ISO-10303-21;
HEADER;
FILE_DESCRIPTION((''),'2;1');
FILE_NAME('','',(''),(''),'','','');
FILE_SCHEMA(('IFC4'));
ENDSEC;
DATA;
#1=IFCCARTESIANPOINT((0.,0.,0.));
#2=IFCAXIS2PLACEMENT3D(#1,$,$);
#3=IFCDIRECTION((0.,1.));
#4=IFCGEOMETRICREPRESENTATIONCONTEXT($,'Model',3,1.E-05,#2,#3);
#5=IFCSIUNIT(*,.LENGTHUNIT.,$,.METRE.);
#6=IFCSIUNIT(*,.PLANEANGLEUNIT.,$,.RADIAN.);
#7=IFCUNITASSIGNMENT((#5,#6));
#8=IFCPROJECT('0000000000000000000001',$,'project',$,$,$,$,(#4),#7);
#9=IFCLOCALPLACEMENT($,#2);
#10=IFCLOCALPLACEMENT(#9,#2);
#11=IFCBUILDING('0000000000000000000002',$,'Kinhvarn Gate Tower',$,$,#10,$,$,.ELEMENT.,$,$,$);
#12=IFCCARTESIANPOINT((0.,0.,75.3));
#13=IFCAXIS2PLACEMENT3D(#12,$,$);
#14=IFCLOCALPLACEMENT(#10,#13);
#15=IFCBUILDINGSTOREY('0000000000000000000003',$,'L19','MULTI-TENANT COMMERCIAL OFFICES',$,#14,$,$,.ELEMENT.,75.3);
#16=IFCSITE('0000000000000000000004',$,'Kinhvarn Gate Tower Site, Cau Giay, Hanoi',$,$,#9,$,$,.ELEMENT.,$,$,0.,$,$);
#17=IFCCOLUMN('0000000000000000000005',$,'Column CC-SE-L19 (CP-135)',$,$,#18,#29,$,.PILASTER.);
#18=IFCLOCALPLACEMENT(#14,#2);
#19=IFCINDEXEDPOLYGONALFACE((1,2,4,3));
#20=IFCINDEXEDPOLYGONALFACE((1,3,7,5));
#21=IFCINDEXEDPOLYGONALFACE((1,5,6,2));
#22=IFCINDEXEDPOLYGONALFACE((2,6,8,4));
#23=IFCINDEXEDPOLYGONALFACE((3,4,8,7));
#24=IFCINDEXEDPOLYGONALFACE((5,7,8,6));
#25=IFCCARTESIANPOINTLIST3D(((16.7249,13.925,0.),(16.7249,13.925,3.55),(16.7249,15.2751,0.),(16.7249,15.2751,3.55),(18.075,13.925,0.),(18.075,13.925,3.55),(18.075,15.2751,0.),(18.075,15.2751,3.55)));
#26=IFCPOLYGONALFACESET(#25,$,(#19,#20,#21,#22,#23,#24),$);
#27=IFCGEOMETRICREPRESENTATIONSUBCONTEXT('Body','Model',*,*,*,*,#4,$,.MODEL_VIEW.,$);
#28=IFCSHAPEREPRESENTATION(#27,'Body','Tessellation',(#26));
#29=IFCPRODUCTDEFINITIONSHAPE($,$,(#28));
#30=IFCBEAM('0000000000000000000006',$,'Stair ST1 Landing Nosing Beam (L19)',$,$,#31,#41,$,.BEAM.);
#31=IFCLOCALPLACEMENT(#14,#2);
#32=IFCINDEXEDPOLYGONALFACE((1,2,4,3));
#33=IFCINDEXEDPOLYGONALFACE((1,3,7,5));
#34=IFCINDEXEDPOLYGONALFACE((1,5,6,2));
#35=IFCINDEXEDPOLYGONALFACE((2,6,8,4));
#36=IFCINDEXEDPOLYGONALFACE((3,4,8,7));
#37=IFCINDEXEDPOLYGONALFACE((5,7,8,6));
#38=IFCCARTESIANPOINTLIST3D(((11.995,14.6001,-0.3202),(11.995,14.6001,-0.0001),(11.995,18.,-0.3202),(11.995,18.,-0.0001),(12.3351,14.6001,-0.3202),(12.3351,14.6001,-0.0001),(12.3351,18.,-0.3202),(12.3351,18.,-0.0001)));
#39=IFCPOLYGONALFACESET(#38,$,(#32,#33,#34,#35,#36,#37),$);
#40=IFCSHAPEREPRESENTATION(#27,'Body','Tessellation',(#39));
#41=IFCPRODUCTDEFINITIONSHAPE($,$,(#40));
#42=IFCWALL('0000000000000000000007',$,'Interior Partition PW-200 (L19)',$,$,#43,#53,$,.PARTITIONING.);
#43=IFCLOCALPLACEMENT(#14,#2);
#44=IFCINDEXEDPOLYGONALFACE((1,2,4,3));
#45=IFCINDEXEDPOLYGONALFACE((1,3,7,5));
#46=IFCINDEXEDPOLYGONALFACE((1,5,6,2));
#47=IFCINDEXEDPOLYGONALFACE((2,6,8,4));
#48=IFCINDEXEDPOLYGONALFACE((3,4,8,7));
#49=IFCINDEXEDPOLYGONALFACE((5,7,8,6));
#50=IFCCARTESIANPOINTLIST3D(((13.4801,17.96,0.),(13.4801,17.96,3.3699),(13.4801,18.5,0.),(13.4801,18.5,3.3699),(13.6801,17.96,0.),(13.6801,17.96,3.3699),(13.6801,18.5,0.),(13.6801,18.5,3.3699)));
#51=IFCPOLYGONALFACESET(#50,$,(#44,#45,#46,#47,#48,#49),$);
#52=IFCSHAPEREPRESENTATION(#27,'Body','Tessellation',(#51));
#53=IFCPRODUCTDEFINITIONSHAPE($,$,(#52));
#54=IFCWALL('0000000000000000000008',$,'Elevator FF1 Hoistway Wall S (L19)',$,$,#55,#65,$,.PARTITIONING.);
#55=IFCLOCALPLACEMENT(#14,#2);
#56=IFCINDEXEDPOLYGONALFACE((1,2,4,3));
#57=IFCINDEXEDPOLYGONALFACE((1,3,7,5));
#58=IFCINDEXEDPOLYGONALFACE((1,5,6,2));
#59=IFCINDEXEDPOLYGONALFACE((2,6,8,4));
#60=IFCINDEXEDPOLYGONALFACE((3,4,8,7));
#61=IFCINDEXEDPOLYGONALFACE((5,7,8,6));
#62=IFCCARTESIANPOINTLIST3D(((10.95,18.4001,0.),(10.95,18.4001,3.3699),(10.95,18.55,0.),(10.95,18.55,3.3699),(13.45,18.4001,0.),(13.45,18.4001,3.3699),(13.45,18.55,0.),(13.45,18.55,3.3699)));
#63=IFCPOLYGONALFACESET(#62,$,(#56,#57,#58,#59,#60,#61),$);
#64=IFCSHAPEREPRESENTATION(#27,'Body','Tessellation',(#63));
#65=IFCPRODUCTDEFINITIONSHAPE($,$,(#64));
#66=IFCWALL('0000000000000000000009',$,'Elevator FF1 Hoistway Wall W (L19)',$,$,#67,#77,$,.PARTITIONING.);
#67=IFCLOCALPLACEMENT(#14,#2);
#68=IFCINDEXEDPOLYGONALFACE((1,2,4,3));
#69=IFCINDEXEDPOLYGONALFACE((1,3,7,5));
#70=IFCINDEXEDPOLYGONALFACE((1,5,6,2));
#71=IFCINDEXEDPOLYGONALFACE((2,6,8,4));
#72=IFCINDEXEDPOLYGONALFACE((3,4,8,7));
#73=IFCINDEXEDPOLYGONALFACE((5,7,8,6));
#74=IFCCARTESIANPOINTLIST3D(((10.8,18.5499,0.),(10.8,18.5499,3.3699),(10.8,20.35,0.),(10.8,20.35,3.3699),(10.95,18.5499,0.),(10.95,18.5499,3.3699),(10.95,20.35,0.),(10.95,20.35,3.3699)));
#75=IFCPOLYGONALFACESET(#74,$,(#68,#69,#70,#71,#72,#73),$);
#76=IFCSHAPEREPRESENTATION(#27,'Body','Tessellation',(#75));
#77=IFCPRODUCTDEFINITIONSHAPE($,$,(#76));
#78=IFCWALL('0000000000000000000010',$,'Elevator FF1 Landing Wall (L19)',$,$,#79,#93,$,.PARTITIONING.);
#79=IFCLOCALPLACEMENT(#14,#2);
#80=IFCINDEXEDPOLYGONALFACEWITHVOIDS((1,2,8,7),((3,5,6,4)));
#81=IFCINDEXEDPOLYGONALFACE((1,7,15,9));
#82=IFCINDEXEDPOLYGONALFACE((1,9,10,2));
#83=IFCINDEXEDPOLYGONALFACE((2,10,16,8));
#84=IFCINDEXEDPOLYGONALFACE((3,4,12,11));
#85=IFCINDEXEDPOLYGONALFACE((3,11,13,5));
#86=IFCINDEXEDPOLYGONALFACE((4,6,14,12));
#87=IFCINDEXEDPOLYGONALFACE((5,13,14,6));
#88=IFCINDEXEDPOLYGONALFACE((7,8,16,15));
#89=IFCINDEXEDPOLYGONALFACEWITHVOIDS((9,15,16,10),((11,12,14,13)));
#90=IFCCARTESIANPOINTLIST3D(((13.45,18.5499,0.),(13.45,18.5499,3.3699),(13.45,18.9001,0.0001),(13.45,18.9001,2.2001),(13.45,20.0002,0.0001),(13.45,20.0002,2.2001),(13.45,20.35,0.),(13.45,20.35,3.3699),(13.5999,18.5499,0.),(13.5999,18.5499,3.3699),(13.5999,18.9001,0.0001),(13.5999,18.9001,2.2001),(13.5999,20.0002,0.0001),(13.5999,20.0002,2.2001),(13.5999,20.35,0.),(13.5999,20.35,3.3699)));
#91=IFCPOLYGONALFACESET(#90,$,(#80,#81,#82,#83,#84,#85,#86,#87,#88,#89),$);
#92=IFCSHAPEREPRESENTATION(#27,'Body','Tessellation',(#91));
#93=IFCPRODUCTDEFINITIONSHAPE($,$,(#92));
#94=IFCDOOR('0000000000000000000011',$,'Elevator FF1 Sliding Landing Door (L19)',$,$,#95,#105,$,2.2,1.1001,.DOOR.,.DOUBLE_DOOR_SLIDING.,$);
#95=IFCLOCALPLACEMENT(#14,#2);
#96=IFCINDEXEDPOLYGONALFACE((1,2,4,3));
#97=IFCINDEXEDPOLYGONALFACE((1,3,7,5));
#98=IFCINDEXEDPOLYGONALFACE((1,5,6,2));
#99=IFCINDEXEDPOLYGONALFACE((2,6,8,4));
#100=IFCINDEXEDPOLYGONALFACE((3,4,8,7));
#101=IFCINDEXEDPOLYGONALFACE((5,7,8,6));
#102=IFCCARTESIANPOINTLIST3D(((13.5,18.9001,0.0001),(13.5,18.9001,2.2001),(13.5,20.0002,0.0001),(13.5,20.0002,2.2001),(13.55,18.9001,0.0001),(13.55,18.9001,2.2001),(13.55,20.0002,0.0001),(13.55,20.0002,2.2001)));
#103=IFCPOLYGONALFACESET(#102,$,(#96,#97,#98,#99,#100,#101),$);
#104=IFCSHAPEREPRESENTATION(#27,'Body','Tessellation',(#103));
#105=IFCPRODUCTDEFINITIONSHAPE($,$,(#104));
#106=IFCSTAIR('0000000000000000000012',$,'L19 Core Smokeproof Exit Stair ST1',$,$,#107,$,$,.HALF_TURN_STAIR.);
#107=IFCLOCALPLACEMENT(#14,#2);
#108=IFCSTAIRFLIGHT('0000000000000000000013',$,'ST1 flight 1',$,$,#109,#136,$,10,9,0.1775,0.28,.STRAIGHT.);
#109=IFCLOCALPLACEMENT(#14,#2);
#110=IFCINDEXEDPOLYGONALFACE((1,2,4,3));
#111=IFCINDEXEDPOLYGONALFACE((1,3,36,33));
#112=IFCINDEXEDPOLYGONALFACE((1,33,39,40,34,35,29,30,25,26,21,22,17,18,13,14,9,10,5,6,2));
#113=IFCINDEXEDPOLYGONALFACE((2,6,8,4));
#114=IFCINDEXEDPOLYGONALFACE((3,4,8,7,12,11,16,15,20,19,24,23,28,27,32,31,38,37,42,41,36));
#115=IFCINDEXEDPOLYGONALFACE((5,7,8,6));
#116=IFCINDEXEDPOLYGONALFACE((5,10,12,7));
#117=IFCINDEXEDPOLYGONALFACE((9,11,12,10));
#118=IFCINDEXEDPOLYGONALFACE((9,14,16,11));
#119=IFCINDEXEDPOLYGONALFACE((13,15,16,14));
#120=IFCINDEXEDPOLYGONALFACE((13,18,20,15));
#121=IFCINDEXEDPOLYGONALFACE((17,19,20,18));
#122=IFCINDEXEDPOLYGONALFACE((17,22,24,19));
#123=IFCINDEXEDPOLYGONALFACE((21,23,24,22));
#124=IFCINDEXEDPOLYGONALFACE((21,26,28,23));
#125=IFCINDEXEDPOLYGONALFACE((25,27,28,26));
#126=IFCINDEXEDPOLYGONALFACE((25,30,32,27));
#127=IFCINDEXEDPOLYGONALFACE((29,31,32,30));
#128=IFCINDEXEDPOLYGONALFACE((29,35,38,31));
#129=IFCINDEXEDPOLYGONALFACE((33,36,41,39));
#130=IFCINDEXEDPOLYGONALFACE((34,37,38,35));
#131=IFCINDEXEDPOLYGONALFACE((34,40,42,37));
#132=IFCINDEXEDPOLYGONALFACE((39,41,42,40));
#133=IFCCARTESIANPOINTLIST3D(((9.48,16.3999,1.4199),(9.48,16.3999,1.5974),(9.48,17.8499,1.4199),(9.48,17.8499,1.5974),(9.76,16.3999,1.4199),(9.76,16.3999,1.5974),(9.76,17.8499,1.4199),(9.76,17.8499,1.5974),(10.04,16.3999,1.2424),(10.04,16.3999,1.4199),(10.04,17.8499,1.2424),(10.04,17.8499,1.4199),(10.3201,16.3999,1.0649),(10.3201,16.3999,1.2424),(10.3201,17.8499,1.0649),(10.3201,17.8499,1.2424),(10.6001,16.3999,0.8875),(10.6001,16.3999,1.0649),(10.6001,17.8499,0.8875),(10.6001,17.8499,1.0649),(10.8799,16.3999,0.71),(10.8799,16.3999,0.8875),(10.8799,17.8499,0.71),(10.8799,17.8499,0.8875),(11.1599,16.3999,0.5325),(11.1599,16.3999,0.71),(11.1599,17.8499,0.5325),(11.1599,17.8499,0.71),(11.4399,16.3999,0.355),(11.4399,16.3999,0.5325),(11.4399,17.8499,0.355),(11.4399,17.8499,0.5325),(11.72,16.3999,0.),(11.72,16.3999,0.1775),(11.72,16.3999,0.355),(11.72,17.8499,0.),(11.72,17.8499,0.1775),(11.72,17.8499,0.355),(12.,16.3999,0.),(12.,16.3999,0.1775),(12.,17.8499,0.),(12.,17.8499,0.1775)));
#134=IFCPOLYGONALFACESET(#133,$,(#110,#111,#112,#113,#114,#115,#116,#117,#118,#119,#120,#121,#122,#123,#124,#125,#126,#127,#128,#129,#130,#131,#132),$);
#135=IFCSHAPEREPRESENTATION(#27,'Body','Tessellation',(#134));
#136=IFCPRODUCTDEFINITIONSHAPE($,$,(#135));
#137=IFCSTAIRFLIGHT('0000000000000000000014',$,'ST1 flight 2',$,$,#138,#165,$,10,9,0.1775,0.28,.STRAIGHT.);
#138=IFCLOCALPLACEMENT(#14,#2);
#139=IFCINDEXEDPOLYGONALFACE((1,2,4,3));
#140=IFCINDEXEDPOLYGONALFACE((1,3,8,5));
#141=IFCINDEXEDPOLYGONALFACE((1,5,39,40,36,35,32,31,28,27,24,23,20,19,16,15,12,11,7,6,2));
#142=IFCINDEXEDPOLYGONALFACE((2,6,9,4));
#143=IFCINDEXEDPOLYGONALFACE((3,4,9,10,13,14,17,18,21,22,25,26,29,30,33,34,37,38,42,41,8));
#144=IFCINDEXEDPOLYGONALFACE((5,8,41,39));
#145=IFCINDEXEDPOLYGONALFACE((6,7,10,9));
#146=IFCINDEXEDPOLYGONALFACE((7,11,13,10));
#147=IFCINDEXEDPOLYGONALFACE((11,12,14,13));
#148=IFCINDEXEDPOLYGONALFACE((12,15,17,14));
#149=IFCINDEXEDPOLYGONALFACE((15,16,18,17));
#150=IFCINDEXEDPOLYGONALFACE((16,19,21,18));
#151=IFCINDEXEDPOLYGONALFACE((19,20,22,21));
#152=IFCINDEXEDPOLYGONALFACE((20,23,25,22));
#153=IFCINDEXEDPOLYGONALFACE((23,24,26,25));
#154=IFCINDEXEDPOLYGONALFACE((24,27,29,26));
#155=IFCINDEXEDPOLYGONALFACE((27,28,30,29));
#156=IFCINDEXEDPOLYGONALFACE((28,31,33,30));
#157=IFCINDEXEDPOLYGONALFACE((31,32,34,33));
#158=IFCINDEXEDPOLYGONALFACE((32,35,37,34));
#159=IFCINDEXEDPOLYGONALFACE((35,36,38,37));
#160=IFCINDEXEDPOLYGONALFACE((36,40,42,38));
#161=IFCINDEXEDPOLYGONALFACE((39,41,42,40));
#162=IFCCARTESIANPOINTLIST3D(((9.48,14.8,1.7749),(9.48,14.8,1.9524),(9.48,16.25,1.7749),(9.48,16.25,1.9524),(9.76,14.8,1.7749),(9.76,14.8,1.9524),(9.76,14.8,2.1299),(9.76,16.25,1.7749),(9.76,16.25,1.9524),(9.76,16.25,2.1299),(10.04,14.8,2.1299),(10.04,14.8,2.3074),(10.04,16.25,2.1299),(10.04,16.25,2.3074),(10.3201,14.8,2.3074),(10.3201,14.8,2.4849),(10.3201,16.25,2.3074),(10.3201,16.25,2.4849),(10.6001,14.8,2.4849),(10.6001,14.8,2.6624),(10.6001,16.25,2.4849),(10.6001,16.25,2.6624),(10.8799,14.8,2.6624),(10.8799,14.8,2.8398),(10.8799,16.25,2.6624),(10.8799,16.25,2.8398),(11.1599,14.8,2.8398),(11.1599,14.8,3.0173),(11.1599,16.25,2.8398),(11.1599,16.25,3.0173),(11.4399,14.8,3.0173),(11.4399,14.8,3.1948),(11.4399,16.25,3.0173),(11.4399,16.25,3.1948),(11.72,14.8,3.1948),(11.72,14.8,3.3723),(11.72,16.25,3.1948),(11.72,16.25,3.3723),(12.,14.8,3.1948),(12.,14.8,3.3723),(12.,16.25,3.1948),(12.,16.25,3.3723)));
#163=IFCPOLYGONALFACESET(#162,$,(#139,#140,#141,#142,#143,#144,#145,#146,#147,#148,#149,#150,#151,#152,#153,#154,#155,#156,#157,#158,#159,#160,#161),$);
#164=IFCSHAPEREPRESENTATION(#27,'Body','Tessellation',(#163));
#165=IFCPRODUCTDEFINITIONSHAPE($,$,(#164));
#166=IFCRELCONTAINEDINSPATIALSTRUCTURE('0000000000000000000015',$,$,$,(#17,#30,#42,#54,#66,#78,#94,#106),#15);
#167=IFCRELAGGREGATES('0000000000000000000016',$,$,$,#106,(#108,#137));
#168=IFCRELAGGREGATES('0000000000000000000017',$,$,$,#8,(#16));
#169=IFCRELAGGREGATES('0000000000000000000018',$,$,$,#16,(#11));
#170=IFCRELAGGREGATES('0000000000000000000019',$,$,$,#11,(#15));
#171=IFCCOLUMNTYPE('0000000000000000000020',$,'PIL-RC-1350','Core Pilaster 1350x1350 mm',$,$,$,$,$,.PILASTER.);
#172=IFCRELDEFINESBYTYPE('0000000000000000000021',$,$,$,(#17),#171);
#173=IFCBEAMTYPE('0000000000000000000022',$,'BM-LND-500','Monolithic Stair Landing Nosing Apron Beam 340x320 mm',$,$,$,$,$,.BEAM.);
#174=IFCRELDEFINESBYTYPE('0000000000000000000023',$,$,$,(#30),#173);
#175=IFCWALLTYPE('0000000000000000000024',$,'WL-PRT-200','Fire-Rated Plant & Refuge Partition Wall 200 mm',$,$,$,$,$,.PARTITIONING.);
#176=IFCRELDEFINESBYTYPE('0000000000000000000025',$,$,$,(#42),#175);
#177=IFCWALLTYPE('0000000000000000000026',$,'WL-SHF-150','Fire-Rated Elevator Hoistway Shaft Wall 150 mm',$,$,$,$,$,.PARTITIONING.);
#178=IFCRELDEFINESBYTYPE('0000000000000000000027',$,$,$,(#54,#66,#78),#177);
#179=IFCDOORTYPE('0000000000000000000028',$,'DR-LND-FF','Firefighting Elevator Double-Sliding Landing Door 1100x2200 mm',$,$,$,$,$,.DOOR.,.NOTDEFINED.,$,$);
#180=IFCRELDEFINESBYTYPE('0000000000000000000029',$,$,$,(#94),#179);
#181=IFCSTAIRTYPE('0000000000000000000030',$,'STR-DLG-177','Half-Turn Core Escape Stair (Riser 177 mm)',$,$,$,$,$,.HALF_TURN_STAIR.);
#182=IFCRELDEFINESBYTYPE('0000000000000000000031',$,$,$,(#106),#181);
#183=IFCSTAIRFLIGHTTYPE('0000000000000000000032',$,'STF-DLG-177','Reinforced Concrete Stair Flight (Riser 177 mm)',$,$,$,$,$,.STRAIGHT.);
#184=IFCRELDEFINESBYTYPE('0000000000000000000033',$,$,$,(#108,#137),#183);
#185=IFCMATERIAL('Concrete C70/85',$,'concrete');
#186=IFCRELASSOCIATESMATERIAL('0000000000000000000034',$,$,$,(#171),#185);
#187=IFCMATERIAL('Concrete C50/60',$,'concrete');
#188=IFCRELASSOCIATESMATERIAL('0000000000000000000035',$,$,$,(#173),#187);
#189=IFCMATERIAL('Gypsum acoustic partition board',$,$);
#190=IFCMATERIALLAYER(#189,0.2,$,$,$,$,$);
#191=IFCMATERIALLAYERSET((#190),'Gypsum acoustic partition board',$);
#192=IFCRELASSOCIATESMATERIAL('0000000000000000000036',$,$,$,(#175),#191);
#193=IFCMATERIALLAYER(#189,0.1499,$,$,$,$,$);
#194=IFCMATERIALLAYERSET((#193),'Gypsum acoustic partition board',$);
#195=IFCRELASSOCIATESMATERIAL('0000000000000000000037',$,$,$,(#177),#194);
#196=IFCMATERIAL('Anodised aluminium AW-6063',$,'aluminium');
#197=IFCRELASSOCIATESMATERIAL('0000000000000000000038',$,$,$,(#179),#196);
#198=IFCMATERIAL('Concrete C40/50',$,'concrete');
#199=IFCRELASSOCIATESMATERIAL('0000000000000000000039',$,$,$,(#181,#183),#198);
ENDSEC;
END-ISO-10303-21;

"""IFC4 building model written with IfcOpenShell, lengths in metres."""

from ifc_helpers import new_model, si_unit, direction, frame, frame_2d, origin, origin_2d, place, context, subcontext, project, spatial, polyline, rectangle, outline, extrude, material, layer, layer_set, material_profile, profile_set, type_object, element, fill, aggregate, save


model = new_model("IFC4")

# Units and contexts
model_context = context("Model", 3, precision=1e-05, world=origin(), true_north=direction((0.0, 1.0)))
body_context = subcontext(model_context, "Body", "Model", "MODEL_VIEW")
ifc_project = project(units=[si_unit("LENGTHUNIT", "METRE"), si_unit("PLANEANGLEUNIT", "RADIAN")], contexts=[model_context])

# Site, building, storey
site_placement = place(None, origin())
site = spatial("IfcSite", under=ifc_project, at=site_placement, Name="Kinhvarn Gate Tower Site, Cau Giay, Hanoi", CompositionType="ELEMENT", RefElevation=0.0)
building_placement = place(site_placement, origin())
building = spatial("IfcBuilding", under=site, at=building_placement, Name="Kinhvarn Gate Tower", CompositionType="ELEMENT")
storey_placement = place(building_placement, frame((0.0, 0.0, 75.3)))
storey = spatial("IfcBuildingStorey", under=building, at=storey_placement, Name="L19", Description="MULTI-TENANT COMMERCIAL OFFICES", CompositionType="ELEMENT", Elevation=75.3)

# Column
ifc_material_1 = material(Name="Concrete C70/85", Category="concrete")
ifc_material_profile_1 = material_profile(ifc_material_1, rectangle(XDim=1.3501, YDim=1.3501, at=origin_2d()), Name="RC 1350x1350")
ifc_profile_set_1 = profile_set([ifc_material_profile_1], Name="Concrete C70/85")
column_type = type_object("IfcColumnType", Name="PIL-RC-1350", Description="Core Pilaster 1350x1350 mm", PredefinedType="PILASTER", material=ifc_profile_set_1)
column_placement = place(storey_placement, frame((17.3999, 14.6001, 0.0), z_axis=(0.0, 0.0, 1.0), x_axis=(1.0, 0.0, 0.0)))
element("IfcColumn", 1, at=column_placement, inside=storey, type_object=column_type, Name="Column CC-SE-L19 (CP-135)", PredefinedType="PILASTER", context=body_context, shape_type="SweptSolid", body=[
    extrude(rectangle(XDim=1.3501, YDim=1.3501, at=origin_2d()), origin(), (0.0, 0.0, 1.0), 3.55),
])

# Beam
ifc_material_2 = material(Name="Concrete C50/60", Category="concrete")
ifc_material_profile_2 = material_profile(ifc_material_2, rectangle(XDim=0.3401, YDim=0.3201, at=origin_2d()), Name="RC 340x320")
ifc_profile_set_2 = profile_set([ifc_material_profile_2], Name="Concrete C50/60")
beam_type = type_object("IfcBeamType", Name="BM-LND-500", Description="Monolithic Stair Landing Nosing Apron Beam 340x320 mm", PredefinedType="BEAM", material=ifc_profile_set_2)
beam_placement = place(storey_placement, frame((12.165, 14.6001, -0.1602), z_axis=(0.0, 1.0, 0.0), x_axis=(-1.0, 0.0, 0.0)))
element("IfcBeam", 2, at=beam_placement, inside=storey, type_object=beam_type, Name="Stair ST1 Landing Nosing Beam (L19)", PredefinedType="BEAM", context=body_context, shape_type="SweptSolid", body=[
    extrude(rectangle(XDim=0.3401, YDim=0.3201, at=origin_2d()), origin(), (0.0, 0.0, 1.0), 3.3999),
])

# Shared definitions
ifc_material_3 = material(Name="Anodised aluminium AW-6063", Category="aluminium")

# Walls
ifc_material_4 = material(Name="Gypsum acoustic partition board")
ifc_layer_1 = layer(ifc_material_4, 0.2)
ifc_layer_set_1 = layer_set([ifc_layer_1], Name="Gypsum acoustic partition board")
wall_type_1 = type_object("IfcWallType", Name="WL-PRT-200", Description="Fire-Rated Plant & Refuge Partition Wall 200 mm", PredefinedType="PARTITIONING", material=ifc_layer_set_1)
wall_1_placement = place(storey_placement, frame((13.5801, 17.96, 0.0), z_axis=(0.0, 0.0, 1.0), x_axis=(0.0, 1.0, 0.0)))
element("IfcWall", 3, at=wall_1_placement, inside=storey, type_object=wall_type_1, Name="Interior Partition PW-200 (L19)", PredefinedType="PARTITIONING", context=body_context, shape_type="SweptSolid", body=[
    extrude(rectangle(XDim=0.54, YDim=0.2, at=frame_2d((0.27, 0.0))), origin(), (0.0, 0.0, 1.0), 3.3699),
])
ifc_layer_2 = layer(ifc_material_4, 0.1499)
ifc_layer_set_2 = layer_set([ifc_layer_2], Name="Gypsum acoustic partition board")
wall_type_2 = type_object("IfcWallType", Name="WL-SHF-150", Description="Fire-Rated Elevator Hoistway Shaft Wall 150 mm", PredefinedType="PARTITIONING", material=ifc_layer_set_2)
wall_2_placement = place(storey_placement, frame((10.95, 18.4751, 0.0), z_axis=(0.0, 0.0, 1.0), x_axis=(1.0, 0.0, 0.0)))
element("IfcWall", 4, at=wall_2_placement, inside=storey, type_object=wall_type_2, Name="Elevator FF1 Hoistway Wall S (L19)", PredefinedType="PARTITIONING", context=body_context, shape_type="SweptSolid", body=[
    extrude(rectangle(XDim=2.5, YDim=0.1499, at=frame_2d((1.25, 0.0))), origin(), (0.0, 0.0, 1.0), 3.3699),
])
wall_3_placement = place(storey_placement, frame((10.875, 18.55, 0.0), z_axis=(0.0, 0.0, 1.0), x_axis=(0.0, 1.0, 0.0)))
element("IfcWall", 5, at=wall_3_placement, inside=storey, type_object=wall_type_2, Name="Elevator FF1 Hoistway Wall W (L19)", PredefinedType="PARTITIONING", context=body_context, shape_type="SweptSolid", body=[
    extrude(rectangle(XDim=1.8, YDim=0.1499, at=frame_2d((0.8999, 0.0))), origin(), (0.0, 0.0, 1.0), 3.3699),
])

# Wall, opening, door
wall_4_placement = place(storey_placement, frame((13.5249, 18.55, 0.0), z_axis=(0.0, 0.0, 1.0), x_axis=(0.0, 1.0, 0.0)))
wall_4 = element("IfcWall", 6, at=wall_4_placement, inside=storey, type_object=wall_type_2, Name="Elevator FF1 Landing Wall (L19)", PredefinedType="PARTITIONING", context=body_context, shape_type="SweptSolid", body=[
    extrude(rectangle(XDim=1.8, YDim=0.1499, at=frame_2d((0.8999, 0.0))), origin(), (0.0, 0.0, 1.0), 3.3699),
])
opening_1_placement = place(wall_4_placement, frame((0.3501, 0.0, 0.0)))
opening_1 = element("IfcOpeningElement", 7, at=opening_1_placement, cuts=wall_4, PredefinedType="OPENING", context=body_context, shape_type="SweptSolid", body=[
    extrude(rectangle(XDim=1.1001, YDim=2.2, at=frame_2d((0.55, 1.1001))), frame((0.0, 0.085, 0.0), z_axis=(0.0, -1.0, 0.0), x_axis=(1.0, 0.0, 0.0)), (0.0, 0.0, 1.0), 0.1699),
])
door_type_1 = type_object("IfcDoorType", Name="DR-LND-FF", Description="Firefighting Elevator Double-Sliding Landing Door 1100x2200 mm", OperationType="NOTDEFINED", PredefinedType="DOOR", material=ifc_material_3)
door_1_placement = place(opening_1_placement, origin())
door_1 = element("IfcDoor", 8, at=door_1_placement, inside=storey, type_object=door_type_1, Name="Elevator FF1 Sliding Landing Door (L19)", OperationType="DOUBLE_DOOR_SLIDING", OverallHeight=2.2, OverallWidth=1.1001, PredefinedType="DOOR", context=body_context, shape_type="SweptSolid", body=[
    extrude(rectangle(XDim=1.1001, YDim=2.2, at=frame_2d((0.55, 1.1001))), frame((0.0, 0.0249, 0.0), z_axis=(0.0, -1.0, 0.0), x_axis=(1.0, 0.0, 0.0)), (0.0, 0.0, 1.0), 0.05),
])
fill(opening_1, door_1)
ifc_material_5 = material(Name="Concrete C40/50", Category="concrete")

# Stair, stair flights
stair_type = type_object("IfcStairType", Name="STR-DLG-177", Description="Half-Turn Core Escape Stair (Riser 177 mm)", PredefinedType="HALF_TURN_STAIR", material=ifc_material_5)
stair_placement = place(storey_placement, origin())
stair = element("IfcStair", 9, at=stair_placement, inside=storey, type_object=stair_type, Name="L19 Core Smokeproof Exit Stair ST1", PredefinedType="HALF_TURN_STAIR")
stair_flight_type = type_object("IfcStairFlightType", Name="STF-DLG-177", Description="Reinforced Concrete Stair Flight (Riser 177 mm)", PredefinedType="STRAIGHT", material=ifc_material_5)
stair_flight_1_placement = place(storey_placement, frame((12.0, 17.125, 0.0), z_axis=(0.0, 0.0, 1.0), x_axis=(-1.0, 0.0, 0.0)))
stair_flight_1 = element("IfcStairFlight", 10, at=stair_flight_1_placement, type_object=stair_flight_type, Name="ST1 flight 1", NumberOfRisers=10, NumberOfTreads=9, PredefinedType="STRAIGHT", RiserHeight=0.1775, TreadLength=0.28, context=body_context, shape_type="SweptSolid", body=[
    extrude(outline(polyline([(0.0, 0.0), (0.0, 0.1775), (0.28, 0.1775), (0.28, 0.355), (0.5601, 0.355), (0.5601, 0.5325), (0.8401, 0.5325), (0.8401, 0.71), (1.1201, 0.71), (1.1201, 0.8875), (1.3999, 0.8875), (1.3999, 1.0649), (1.6799, 1.0649), (1.6799, 1.2424), (1.96, 1.2424), (1.96, 1.4199), (2.24, 1.4199), (2.24, 1.5974), (2.52, 1.5974), (2.52, 1.7749), (2.52, 1.4199), (0.28, 0.0), (0.0, 0.0)])), frame((0.0, 0.7251, 0.0), z_axis=(0.0, -1.0, 0.0), x_axis=(1.0, 0.0, 0.0)), (0.0, 0.0, 1.0), 1.45),
])
stair_flight_2_placement = place(storey_placement, frame((9.48, 15.5249, 1.7749), z_axis=(0.0, 0.0, 1.0), x_axis=(1.0, 0.0, 0.0)))
stair_flight_2 = element("IfcStairFlight", 11, at=stair_flight_2_placement, type_object=stair_flight_type, Name="ST1 flight 2", NumberOfRisers=10, NumberOfTreads=9, PredefinedType="STRAIGHT", RiserHeight=0.1775, TreadLength=0.28, context=body_context, shape_type="SweptSolid", body=[
    extrude(outline(polyline([(0.0, 0.0), (0.0, 0.1775), (0.28, 0.1775), (0.28, 0.355), (0.5601, 0.355), (0.5601, 0.5325), (0.8401, 0.5325), (0.8401, 0.71), (1.1201, 0.71), (1.1201, 0.8875), (1.3999, 0.8875), (1.3999, 1.0649), (1.6799, 1.0649), (1.6799, 1.2424), (1.96, 1.2424), (1.96, 1.4199), (2.24, 1.4199), (2.24, 1.5974), (2.52, 1.5974), (2.52, 1.7749), (2.52, 1.4199), (0.28, 0.0), (0.0, 0.0)])), frame((0.0, 0.7251, 0.0), z_axis=(0.0, -1.0, 0.0), x_axis=(1.0, 0.0, 0.0)), (0.0, 0.0, 1.0), 1.45),
])
aggregate(stair, [stair_flight_1, stair_flight_2])

save(model, "model.ifc")
